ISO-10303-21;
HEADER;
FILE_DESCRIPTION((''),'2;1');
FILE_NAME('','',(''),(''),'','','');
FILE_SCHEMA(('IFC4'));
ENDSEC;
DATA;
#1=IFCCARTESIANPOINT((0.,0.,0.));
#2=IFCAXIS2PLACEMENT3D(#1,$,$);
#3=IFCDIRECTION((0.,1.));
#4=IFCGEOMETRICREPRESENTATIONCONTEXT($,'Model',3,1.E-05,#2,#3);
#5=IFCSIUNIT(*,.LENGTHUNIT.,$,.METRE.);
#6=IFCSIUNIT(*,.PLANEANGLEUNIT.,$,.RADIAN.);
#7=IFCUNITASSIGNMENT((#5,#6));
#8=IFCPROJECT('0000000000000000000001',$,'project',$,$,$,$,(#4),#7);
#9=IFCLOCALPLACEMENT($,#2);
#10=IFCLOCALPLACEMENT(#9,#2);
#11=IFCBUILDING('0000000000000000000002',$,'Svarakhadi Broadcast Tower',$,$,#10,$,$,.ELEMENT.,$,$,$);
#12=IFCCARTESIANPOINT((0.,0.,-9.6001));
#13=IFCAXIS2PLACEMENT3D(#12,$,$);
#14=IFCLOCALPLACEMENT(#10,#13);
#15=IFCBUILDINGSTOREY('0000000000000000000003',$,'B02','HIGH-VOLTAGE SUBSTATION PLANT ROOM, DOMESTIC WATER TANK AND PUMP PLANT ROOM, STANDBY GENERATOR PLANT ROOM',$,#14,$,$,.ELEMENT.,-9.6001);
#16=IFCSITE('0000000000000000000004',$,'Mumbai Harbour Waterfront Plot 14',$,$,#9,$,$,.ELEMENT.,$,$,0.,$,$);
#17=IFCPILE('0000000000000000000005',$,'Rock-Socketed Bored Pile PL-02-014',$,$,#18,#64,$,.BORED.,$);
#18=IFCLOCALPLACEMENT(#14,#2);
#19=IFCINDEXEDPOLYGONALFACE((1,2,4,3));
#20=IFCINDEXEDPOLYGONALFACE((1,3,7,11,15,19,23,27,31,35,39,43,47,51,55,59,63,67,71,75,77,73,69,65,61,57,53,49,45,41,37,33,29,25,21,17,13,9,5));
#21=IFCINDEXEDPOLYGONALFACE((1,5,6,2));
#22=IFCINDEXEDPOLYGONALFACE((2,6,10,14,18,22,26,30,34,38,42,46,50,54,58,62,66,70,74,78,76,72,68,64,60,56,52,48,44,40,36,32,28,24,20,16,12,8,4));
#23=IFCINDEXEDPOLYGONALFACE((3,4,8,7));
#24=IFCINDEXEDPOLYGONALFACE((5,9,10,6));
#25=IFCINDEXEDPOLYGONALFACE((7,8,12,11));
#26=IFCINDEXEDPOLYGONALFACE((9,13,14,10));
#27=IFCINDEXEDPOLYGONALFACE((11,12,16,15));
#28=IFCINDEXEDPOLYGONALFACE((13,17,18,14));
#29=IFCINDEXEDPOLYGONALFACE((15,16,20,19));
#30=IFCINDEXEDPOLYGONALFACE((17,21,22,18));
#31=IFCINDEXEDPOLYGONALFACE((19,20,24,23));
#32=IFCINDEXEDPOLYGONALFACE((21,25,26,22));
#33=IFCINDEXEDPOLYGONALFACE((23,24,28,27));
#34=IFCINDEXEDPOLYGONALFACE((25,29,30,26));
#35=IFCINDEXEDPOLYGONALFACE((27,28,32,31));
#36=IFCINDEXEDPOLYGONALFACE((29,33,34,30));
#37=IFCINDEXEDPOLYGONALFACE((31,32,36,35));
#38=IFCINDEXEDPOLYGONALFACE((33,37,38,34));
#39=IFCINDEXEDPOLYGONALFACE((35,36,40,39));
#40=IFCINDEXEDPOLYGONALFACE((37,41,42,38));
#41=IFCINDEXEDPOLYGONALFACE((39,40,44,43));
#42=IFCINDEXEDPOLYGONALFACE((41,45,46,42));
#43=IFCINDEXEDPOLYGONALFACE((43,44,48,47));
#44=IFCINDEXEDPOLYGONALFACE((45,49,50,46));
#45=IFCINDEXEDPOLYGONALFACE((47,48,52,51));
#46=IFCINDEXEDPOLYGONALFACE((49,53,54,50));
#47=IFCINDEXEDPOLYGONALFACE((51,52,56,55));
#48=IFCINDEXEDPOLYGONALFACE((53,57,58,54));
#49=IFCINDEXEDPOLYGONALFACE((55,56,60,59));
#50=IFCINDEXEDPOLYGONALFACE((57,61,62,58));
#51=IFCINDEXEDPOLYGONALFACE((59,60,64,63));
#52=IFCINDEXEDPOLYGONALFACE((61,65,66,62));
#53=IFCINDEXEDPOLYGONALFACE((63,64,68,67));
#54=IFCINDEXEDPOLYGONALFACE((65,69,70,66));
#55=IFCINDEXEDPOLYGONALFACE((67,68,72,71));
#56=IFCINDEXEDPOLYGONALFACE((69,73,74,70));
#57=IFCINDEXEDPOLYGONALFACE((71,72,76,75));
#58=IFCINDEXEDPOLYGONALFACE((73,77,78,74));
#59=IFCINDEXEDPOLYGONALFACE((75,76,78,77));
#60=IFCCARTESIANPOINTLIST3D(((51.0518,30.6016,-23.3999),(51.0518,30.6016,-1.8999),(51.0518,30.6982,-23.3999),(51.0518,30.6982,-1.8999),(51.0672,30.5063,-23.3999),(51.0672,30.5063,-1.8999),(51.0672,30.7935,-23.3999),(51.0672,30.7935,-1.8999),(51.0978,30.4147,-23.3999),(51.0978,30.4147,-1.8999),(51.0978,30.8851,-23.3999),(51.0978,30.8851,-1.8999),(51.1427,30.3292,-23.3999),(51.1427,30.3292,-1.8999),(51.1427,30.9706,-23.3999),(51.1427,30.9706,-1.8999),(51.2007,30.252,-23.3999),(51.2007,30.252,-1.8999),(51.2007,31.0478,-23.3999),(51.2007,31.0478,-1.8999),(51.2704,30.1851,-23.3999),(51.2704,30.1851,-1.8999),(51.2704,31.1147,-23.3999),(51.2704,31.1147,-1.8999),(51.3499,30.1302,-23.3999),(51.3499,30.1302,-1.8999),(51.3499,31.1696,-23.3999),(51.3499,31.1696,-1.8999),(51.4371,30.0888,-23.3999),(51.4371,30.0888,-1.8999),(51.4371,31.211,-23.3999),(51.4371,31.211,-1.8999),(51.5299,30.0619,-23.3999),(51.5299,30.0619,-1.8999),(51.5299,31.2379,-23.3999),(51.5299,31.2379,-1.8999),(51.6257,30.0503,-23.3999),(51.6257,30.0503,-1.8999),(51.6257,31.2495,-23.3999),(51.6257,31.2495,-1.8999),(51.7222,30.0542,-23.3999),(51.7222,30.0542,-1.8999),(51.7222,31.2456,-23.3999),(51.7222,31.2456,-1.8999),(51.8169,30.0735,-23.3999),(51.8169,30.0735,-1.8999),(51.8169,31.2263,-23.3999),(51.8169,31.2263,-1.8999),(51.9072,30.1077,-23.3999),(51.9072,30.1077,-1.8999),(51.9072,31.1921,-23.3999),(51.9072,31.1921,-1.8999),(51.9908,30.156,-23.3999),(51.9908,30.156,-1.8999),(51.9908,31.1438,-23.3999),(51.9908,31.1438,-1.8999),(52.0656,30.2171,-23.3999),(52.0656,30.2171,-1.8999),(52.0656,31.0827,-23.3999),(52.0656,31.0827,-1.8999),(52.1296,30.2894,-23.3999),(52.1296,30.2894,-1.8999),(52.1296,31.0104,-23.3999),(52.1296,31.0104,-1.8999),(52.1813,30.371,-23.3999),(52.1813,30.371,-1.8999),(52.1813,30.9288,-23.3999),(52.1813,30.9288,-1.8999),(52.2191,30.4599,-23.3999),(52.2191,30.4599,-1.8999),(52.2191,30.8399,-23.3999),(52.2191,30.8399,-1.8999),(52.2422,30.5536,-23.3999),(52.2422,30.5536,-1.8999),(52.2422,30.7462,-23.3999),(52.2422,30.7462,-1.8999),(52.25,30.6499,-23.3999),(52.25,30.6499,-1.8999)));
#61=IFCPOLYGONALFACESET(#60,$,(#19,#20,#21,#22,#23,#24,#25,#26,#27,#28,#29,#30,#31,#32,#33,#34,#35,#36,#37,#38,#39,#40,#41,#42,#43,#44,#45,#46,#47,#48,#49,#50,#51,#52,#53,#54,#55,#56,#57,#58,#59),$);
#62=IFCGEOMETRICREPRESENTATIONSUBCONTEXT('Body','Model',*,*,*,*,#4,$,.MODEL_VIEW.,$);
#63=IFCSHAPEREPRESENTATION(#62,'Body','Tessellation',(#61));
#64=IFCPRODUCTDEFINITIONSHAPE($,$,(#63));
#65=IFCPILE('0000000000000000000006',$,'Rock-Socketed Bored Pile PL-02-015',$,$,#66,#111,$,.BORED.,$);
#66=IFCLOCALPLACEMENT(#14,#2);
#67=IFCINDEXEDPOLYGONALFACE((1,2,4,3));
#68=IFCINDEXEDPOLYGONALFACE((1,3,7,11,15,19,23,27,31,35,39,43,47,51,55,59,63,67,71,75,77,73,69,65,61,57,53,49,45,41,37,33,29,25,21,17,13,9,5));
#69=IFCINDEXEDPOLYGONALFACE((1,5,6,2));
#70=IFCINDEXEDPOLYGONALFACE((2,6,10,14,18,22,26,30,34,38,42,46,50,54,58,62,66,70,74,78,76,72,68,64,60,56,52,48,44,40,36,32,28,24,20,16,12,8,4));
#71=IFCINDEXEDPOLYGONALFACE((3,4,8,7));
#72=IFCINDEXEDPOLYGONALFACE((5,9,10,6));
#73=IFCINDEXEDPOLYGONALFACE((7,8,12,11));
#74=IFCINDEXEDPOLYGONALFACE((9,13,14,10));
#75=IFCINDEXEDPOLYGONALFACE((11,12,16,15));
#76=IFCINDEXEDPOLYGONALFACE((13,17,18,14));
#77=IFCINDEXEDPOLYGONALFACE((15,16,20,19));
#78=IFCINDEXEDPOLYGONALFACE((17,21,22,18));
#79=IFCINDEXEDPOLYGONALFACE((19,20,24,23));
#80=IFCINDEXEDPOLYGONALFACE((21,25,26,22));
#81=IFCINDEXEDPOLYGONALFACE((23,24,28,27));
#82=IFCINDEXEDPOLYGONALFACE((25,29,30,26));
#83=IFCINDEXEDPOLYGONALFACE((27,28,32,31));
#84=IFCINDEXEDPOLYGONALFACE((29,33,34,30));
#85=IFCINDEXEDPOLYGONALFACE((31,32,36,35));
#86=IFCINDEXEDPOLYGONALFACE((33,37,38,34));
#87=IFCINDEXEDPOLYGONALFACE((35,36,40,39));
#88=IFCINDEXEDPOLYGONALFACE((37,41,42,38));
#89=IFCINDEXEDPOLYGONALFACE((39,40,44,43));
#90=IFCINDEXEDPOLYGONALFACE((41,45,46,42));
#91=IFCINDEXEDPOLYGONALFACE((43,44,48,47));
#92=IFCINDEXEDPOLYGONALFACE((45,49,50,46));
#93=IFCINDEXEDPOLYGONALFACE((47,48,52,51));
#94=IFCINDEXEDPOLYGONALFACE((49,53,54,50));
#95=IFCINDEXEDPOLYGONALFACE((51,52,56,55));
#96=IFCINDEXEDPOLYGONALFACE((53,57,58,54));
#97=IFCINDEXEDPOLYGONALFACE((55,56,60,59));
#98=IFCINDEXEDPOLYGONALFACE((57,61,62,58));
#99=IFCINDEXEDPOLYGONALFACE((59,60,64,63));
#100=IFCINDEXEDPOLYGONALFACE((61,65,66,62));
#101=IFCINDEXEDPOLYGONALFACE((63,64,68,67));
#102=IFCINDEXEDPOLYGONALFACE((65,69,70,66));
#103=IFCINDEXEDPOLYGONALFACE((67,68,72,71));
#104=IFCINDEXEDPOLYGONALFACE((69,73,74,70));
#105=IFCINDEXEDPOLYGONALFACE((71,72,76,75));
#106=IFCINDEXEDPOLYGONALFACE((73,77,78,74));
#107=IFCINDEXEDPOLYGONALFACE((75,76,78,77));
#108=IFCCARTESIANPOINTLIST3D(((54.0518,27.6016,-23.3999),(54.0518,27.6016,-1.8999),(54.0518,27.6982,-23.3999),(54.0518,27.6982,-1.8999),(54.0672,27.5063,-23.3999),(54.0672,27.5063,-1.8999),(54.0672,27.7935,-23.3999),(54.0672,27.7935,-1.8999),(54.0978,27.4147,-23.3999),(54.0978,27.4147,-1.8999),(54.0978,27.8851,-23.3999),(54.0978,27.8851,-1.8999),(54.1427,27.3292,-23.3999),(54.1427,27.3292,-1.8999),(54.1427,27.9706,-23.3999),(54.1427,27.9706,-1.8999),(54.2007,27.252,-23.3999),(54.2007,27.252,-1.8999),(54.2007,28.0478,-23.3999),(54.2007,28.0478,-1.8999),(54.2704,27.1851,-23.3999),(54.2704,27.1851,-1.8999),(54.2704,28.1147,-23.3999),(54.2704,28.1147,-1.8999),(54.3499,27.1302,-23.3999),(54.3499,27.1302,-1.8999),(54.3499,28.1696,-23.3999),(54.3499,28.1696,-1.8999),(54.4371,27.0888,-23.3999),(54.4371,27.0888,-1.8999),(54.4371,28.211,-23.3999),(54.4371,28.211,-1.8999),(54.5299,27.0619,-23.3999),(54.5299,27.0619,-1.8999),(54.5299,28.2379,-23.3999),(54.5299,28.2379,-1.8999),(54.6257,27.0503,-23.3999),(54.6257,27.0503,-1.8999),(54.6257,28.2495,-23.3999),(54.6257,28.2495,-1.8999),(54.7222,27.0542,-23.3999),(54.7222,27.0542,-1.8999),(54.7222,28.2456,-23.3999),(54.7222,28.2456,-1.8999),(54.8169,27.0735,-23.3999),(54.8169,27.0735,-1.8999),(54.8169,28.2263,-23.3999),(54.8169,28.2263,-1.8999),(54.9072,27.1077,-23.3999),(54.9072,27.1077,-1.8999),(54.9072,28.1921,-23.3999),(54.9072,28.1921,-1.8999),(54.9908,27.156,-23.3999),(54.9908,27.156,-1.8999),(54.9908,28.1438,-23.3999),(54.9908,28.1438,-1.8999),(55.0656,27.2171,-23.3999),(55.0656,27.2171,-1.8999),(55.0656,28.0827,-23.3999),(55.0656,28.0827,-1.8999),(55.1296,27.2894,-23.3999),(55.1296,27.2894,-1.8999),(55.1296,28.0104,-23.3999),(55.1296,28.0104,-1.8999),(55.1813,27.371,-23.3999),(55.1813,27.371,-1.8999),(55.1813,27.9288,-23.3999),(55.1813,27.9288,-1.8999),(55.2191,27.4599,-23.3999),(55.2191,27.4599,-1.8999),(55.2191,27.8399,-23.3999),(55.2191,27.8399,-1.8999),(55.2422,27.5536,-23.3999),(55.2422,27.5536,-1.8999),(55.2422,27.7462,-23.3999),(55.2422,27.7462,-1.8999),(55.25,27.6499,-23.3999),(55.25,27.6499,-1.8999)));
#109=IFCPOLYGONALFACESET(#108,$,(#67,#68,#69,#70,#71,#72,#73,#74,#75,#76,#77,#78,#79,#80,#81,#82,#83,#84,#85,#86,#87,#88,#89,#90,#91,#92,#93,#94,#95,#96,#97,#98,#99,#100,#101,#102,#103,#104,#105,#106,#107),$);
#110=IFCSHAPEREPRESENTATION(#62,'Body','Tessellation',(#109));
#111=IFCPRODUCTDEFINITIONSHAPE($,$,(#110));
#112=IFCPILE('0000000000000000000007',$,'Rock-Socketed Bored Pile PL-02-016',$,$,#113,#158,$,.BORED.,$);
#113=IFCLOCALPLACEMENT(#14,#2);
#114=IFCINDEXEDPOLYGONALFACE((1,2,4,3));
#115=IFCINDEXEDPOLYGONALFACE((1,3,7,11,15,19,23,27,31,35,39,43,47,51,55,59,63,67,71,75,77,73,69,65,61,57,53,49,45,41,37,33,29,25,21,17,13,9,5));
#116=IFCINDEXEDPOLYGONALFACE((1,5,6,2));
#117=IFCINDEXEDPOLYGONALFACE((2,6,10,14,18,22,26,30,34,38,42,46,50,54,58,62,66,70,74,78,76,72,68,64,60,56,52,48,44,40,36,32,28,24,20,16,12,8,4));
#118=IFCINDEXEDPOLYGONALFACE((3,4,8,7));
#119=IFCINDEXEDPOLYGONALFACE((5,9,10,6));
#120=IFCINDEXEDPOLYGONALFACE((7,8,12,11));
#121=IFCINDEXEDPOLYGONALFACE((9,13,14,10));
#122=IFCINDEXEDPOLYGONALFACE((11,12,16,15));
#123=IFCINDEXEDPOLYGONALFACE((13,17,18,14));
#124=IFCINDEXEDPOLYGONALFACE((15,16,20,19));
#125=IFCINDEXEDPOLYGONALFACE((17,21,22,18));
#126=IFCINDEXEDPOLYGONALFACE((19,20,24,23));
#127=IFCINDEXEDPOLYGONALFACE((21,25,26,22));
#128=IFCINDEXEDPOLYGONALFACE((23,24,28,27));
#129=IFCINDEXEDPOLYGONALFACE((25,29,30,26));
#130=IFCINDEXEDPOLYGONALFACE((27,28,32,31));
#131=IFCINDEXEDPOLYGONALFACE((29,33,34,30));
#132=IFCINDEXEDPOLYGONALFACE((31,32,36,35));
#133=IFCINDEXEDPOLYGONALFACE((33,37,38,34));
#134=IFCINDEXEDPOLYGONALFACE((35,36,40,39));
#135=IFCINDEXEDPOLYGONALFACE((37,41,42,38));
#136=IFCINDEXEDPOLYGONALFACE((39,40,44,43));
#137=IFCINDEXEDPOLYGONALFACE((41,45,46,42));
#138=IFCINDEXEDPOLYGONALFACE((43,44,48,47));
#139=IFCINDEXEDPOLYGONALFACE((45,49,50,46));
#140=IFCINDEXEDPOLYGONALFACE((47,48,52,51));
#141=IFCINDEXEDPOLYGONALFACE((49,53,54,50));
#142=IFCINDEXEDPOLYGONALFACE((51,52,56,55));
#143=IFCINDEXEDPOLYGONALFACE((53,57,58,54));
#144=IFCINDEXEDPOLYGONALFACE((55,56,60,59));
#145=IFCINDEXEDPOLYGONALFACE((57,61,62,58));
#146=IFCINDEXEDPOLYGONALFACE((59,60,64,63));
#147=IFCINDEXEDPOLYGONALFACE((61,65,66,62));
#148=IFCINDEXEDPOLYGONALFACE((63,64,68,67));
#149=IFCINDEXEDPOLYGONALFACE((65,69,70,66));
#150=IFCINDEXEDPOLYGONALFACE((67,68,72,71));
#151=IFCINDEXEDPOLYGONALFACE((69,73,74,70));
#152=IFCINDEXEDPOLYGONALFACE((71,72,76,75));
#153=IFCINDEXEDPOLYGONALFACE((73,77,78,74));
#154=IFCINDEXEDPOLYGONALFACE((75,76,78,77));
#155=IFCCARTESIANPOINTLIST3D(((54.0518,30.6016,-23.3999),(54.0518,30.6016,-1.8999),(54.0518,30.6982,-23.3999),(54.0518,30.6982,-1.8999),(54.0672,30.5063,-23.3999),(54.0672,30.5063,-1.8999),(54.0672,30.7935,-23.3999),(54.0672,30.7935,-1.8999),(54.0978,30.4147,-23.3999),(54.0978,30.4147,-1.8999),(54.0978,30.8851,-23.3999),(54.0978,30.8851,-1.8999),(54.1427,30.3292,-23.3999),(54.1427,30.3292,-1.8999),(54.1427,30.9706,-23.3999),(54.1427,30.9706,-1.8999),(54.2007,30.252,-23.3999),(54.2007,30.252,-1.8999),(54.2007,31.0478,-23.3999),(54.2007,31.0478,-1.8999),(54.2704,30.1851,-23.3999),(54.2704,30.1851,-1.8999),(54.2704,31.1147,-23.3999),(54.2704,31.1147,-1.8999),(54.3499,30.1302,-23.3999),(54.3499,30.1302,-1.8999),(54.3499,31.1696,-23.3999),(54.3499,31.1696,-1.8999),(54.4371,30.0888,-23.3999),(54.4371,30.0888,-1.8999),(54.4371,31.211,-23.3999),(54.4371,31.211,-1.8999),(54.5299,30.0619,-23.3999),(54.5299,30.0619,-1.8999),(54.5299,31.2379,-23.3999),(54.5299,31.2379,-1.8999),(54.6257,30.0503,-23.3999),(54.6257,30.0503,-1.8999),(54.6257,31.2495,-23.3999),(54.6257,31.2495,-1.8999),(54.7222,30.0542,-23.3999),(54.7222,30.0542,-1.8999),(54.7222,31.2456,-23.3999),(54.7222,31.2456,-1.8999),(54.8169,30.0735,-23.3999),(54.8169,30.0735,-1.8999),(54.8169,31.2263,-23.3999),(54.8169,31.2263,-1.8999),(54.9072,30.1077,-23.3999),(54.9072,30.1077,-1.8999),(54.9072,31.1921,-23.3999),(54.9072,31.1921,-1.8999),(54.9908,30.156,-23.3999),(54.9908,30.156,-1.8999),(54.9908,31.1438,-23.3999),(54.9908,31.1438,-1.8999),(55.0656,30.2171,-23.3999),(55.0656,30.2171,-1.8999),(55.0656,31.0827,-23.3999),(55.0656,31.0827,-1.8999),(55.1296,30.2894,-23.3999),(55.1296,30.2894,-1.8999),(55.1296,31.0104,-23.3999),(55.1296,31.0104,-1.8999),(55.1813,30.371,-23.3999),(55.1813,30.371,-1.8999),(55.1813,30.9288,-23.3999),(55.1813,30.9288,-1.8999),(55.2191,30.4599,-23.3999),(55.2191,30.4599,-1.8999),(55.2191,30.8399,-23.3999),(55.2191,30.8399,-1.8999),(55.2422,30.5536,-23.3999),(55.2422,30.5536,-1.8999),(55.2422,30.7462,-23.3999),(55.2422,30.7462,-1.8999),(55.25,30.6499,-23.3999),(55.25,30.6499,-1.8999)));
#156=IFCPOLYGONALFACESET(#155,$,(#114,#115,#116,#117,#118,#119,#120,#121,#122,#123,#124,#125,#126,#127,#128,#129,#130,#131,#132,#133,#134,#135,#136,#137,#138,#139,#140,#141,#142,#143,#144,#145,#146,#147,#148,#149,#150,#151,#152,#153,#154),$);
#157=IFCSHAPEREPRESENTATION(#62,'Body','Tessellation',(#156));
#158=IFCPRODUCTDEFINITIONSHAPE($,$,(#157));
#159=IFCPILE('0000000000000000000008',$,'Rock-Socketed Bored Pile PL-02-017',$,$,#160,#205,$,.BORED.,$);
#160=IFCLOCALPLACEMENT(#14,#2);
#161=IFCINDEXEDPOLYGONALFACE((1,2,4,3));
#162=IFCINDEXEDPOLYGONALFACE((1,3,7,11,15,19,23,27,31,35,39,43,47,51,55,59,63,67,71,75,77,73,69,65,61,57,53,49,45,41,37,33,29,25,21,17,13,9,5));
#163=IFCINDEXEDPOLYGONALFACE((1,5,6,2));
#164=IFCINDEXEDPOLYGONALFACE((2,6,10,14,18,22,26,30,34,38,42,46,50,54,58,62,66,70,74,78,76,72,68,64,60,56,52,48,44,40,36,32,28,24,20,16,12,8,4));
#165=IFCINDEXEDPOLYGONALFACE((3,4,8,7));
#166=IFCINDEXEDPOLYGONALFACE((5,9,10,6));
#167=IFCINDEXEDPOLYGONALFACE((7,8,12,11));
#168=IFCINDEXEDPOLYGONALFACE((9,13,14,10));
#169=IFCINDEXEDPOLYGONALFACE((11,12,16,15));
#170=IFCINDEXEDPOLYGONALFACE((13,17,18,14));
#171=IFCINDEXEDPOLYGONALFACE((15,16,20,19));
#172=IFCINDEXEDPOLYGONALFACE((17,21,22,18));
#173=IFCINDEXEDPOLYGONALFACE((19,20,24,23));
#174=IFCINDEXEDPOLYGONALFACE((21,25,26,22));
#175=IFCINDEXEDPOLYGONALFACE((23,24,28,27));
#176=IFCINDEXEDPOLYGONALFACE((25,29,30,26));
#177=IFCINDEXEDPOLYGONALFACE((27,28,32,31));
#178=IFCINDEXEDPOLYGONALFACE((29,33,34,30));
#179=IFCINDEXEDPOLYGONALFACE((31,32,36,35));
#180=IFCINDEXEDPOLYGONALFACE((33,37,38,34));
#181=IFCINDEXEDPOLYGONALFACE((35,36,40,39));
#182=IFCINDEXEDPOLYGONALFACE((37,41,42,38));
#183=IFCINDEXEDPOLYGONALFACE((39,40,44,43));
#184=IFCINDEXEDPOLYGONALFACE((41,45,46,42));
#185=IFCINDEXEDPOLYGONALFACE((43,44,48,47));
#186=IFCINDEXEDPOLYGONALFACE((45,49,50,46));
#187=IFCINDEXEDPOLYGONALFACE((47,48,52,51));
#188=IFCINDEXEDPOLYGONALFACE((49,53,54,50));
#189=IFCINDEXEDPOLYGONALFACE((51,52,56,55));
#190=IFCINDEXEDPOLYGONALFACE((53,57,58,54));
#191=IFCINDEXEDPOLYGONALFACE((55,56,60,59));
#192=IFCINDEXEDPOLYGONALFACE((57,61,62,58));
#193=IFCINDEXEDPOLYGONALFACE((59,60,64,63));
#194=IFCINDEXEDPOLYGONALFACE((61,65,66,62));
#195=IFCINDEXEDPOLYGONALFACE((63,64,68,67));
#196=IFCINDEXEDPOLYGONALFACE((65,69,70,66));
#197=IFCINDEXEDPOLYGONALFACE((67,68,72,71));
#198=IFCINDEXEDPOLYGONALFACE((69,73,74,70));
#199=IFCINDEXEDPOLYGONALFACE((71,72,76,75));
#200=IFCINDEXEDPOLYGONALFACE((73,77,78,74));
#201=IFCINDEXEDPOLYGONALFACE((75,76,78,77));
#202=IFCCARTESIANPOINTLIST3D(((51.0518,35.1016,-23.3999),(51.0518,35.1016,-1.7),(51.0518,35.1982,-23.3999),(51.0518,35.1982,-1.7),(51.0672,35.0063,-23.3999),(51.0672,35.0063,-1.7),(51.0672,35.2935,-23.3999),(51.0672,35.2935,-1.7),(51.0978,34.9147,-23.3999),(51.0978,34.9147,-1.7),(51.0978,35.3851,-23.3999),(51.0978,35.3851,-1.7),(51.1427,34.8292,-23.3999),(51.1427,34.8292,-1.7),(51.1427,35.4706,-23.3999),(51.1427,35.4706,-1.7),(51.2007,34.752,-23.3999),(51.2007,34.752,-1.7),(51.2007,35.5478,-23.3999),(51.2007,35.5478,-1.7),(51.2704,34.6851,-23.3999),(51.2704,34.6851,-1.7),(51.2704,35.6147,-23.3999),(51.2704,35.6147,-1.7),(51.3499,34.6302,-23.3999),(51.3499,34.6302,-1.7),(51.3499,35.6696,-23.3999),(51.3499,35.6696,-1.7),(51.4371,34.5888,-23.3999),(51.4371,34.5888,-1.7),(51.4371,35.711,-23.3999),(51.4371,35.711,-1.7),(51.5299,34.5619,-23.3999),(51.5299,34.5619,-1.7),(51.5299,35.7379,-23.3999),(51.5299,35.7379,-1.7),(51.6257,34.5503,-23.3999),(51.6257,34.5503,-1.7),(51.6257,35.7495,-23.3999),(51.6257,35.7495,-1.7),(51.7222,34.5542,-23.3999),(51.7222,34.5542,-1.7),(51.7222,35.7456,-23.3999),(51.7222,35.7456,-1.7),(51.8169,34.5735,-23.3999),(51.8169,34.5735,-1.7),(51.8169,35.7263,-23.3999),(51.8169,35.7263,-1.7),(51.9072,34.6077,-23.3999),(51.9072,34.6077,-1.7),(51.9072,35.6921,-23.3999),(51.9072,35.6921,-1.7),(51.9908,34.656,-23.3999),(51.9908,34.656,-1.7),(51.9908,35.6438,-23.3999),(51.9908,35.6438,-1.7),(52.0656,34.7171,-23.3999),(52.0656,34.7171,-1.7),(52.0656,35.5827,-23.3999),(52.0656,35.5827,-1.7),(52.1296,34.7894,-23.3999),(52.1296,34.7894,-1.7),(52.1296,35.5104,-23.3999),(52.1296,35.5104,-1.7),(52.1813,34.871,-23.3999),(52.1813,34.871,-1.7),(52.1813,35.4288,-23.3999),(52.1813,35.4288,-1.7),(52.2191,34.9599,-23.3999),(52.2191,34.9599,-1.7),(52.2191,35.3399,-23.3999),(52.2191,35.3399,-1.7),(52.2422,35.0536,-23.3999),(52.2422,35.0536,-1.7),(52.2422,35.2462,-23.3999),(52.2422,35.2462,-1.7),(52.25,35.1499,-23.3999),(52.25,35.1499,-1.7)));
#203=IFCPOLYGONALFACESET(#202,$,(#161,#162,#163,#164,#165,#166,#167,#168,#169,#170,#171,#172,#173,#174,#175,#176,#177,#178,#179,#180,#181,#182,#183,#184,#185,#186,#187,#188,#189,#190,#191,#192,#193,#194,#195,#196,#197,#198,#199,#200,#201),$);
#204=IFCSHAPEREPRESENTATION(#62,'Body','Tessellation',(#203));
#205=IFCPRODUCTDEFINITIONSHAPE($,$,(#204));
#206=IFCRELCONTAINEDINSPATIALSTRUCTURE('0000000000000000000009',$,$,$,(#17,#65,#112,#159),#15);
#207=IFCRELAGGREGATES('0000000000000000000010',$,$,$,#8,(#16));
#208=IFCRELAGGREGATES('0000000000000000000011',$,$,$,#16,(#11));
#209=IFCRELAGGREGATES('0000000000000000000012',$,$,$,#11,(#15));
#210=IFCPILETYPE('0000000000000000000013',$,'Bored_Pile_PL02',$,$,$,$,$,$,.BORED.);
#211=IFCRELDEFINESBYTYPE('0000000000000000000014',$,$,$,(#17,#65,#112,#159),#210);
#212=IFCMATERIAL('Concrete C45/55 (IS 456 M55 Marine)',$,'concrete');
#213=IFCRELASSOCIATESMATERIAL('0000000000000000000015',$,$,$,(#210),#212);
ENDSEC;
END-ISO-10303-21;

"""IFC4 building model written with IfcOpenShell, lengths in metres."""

from ifc_helpers import new_model, si_unit, direction, frame, origin, origin_2d, place, context, subcontext, project, spatial, circle, extrude, material, material_profile, profile_set, type_object, element, save


model = new_model("IFC4")

# Units and contexts
model_context = context("Model", 3, precision=1e-05, world=origin(), true_north=direction((0.0, 1.0)))
body_context = subcontext(model_context, "Body", "Model", "MODEL_VIEW")
ifc_project = project(units=[si_unit("LENGTHUNIT", "METRE"), si_unit("PLANEANGLEUNIT", "RADIAN")], contexts=[model_context])

# Site, building, storey
site_placement = place(None, origin())
site = spatial("IfcSite", under=ifc_project, at=site_placement, Name="Mumbai Harbour Waterfront Plot 14", CompositionType="ELEMENT", RefElevation=0.0)
building_placement = place(site_placement, origin())
building = spatial("IfcBuilding", under=site, at=building_placement, Name="Svarakhadi Broadcast Tower", CompositionType="ELEMENT")
storey_placement = place(building_placement, frame((0.0, 0.0, -9.6001)))
storey = spatial("IfcBuildingStorey", under=building, at=storey_placement, Name="B02", Description="HIGH-VOLTAGE SUBSTATION PLANT ROOM, DOMESTIC WATER TANK AND PUMP PLANT ROOM, STANDBY GENERATOR PLANT ROOM", CompositionType="ELEMENT", Elevation=-9.6001)

# Piles
ifc_material_1 = material(Name="Concrete C45/55 (IS 456 M55 Marine)", Category="concrete")
ifc_material_profile_1 = material_profile(ifc_material_1, circle(Radius=0.6001, at=origin_2d()), Name="PILE D1200")
ifc_profile_set_1 = profile_set([ifc_material_profile_1], Name="Concrete C45/55 (IS 456 M55 Marine)")
pile_type = type_object("IfcPileType", Name="Bored_Pile_PL02", PredefinedType="BORED", material=ifc_profile_set_1)
for number, where, z_axis, x_axis, name in (
    (1, (51.6499, 30.6499, -1.8999), (0.0, 0.0, -1.0), (1.0, 0.0, 0.0), "Rock-Socketed Bored Pile PL-02-014"),
    (2, (54.6499, 27.6499, -1.8999), (0.0, 0.0, -1.0), (1.0, 0.0, 0.0), "Rock-Socketed Bored Pile PL-02-015"),
    (3, (54.6499, 30.6499, -1.8999), (0.0, 0.0, -1.0), (1.0, 0.0, 0.0), "Rock-Socketed Bored Pile PL-02-016"),
):
    element("IfcPile", number, at=place(storey_placement, frame(where, z_axis=z_axis, x_axis=x_axis)), inside=storey, type_object=pile_type, Name=name, PredefinedType="BORED", context=body_context, shape_type="SweptSolid", body=[
        extrude(circle(Radius=0.6001, at=origin_2d()), origin(), (0.0, 0.0, 1.0), 21.5),
    ])
for number, where, z_axis, x_axis, name in (
    (4, (51.6499, 35.1499, -1.7), (0.0, 0.0, -1.0), (1.0, 0.0, 0.0), "Rock-Socketed Bored Pile PL-02-017"),
):
    element("IfcPile", number, at=place(storey_placement, frame(where, z_axis=z_axis, x_axis=x_axis)), inside=storey, type_object=pile_type, Name=name, PredefinedType="BORED", context=body_context, shape_type="SweptSolid", body=[
        extrude(circle(Radius=0.6001, at=origin_2d()), origin(), (0.0, 0.0, 1.0), 21.7),
    ])

save(model, "model.ifc")
